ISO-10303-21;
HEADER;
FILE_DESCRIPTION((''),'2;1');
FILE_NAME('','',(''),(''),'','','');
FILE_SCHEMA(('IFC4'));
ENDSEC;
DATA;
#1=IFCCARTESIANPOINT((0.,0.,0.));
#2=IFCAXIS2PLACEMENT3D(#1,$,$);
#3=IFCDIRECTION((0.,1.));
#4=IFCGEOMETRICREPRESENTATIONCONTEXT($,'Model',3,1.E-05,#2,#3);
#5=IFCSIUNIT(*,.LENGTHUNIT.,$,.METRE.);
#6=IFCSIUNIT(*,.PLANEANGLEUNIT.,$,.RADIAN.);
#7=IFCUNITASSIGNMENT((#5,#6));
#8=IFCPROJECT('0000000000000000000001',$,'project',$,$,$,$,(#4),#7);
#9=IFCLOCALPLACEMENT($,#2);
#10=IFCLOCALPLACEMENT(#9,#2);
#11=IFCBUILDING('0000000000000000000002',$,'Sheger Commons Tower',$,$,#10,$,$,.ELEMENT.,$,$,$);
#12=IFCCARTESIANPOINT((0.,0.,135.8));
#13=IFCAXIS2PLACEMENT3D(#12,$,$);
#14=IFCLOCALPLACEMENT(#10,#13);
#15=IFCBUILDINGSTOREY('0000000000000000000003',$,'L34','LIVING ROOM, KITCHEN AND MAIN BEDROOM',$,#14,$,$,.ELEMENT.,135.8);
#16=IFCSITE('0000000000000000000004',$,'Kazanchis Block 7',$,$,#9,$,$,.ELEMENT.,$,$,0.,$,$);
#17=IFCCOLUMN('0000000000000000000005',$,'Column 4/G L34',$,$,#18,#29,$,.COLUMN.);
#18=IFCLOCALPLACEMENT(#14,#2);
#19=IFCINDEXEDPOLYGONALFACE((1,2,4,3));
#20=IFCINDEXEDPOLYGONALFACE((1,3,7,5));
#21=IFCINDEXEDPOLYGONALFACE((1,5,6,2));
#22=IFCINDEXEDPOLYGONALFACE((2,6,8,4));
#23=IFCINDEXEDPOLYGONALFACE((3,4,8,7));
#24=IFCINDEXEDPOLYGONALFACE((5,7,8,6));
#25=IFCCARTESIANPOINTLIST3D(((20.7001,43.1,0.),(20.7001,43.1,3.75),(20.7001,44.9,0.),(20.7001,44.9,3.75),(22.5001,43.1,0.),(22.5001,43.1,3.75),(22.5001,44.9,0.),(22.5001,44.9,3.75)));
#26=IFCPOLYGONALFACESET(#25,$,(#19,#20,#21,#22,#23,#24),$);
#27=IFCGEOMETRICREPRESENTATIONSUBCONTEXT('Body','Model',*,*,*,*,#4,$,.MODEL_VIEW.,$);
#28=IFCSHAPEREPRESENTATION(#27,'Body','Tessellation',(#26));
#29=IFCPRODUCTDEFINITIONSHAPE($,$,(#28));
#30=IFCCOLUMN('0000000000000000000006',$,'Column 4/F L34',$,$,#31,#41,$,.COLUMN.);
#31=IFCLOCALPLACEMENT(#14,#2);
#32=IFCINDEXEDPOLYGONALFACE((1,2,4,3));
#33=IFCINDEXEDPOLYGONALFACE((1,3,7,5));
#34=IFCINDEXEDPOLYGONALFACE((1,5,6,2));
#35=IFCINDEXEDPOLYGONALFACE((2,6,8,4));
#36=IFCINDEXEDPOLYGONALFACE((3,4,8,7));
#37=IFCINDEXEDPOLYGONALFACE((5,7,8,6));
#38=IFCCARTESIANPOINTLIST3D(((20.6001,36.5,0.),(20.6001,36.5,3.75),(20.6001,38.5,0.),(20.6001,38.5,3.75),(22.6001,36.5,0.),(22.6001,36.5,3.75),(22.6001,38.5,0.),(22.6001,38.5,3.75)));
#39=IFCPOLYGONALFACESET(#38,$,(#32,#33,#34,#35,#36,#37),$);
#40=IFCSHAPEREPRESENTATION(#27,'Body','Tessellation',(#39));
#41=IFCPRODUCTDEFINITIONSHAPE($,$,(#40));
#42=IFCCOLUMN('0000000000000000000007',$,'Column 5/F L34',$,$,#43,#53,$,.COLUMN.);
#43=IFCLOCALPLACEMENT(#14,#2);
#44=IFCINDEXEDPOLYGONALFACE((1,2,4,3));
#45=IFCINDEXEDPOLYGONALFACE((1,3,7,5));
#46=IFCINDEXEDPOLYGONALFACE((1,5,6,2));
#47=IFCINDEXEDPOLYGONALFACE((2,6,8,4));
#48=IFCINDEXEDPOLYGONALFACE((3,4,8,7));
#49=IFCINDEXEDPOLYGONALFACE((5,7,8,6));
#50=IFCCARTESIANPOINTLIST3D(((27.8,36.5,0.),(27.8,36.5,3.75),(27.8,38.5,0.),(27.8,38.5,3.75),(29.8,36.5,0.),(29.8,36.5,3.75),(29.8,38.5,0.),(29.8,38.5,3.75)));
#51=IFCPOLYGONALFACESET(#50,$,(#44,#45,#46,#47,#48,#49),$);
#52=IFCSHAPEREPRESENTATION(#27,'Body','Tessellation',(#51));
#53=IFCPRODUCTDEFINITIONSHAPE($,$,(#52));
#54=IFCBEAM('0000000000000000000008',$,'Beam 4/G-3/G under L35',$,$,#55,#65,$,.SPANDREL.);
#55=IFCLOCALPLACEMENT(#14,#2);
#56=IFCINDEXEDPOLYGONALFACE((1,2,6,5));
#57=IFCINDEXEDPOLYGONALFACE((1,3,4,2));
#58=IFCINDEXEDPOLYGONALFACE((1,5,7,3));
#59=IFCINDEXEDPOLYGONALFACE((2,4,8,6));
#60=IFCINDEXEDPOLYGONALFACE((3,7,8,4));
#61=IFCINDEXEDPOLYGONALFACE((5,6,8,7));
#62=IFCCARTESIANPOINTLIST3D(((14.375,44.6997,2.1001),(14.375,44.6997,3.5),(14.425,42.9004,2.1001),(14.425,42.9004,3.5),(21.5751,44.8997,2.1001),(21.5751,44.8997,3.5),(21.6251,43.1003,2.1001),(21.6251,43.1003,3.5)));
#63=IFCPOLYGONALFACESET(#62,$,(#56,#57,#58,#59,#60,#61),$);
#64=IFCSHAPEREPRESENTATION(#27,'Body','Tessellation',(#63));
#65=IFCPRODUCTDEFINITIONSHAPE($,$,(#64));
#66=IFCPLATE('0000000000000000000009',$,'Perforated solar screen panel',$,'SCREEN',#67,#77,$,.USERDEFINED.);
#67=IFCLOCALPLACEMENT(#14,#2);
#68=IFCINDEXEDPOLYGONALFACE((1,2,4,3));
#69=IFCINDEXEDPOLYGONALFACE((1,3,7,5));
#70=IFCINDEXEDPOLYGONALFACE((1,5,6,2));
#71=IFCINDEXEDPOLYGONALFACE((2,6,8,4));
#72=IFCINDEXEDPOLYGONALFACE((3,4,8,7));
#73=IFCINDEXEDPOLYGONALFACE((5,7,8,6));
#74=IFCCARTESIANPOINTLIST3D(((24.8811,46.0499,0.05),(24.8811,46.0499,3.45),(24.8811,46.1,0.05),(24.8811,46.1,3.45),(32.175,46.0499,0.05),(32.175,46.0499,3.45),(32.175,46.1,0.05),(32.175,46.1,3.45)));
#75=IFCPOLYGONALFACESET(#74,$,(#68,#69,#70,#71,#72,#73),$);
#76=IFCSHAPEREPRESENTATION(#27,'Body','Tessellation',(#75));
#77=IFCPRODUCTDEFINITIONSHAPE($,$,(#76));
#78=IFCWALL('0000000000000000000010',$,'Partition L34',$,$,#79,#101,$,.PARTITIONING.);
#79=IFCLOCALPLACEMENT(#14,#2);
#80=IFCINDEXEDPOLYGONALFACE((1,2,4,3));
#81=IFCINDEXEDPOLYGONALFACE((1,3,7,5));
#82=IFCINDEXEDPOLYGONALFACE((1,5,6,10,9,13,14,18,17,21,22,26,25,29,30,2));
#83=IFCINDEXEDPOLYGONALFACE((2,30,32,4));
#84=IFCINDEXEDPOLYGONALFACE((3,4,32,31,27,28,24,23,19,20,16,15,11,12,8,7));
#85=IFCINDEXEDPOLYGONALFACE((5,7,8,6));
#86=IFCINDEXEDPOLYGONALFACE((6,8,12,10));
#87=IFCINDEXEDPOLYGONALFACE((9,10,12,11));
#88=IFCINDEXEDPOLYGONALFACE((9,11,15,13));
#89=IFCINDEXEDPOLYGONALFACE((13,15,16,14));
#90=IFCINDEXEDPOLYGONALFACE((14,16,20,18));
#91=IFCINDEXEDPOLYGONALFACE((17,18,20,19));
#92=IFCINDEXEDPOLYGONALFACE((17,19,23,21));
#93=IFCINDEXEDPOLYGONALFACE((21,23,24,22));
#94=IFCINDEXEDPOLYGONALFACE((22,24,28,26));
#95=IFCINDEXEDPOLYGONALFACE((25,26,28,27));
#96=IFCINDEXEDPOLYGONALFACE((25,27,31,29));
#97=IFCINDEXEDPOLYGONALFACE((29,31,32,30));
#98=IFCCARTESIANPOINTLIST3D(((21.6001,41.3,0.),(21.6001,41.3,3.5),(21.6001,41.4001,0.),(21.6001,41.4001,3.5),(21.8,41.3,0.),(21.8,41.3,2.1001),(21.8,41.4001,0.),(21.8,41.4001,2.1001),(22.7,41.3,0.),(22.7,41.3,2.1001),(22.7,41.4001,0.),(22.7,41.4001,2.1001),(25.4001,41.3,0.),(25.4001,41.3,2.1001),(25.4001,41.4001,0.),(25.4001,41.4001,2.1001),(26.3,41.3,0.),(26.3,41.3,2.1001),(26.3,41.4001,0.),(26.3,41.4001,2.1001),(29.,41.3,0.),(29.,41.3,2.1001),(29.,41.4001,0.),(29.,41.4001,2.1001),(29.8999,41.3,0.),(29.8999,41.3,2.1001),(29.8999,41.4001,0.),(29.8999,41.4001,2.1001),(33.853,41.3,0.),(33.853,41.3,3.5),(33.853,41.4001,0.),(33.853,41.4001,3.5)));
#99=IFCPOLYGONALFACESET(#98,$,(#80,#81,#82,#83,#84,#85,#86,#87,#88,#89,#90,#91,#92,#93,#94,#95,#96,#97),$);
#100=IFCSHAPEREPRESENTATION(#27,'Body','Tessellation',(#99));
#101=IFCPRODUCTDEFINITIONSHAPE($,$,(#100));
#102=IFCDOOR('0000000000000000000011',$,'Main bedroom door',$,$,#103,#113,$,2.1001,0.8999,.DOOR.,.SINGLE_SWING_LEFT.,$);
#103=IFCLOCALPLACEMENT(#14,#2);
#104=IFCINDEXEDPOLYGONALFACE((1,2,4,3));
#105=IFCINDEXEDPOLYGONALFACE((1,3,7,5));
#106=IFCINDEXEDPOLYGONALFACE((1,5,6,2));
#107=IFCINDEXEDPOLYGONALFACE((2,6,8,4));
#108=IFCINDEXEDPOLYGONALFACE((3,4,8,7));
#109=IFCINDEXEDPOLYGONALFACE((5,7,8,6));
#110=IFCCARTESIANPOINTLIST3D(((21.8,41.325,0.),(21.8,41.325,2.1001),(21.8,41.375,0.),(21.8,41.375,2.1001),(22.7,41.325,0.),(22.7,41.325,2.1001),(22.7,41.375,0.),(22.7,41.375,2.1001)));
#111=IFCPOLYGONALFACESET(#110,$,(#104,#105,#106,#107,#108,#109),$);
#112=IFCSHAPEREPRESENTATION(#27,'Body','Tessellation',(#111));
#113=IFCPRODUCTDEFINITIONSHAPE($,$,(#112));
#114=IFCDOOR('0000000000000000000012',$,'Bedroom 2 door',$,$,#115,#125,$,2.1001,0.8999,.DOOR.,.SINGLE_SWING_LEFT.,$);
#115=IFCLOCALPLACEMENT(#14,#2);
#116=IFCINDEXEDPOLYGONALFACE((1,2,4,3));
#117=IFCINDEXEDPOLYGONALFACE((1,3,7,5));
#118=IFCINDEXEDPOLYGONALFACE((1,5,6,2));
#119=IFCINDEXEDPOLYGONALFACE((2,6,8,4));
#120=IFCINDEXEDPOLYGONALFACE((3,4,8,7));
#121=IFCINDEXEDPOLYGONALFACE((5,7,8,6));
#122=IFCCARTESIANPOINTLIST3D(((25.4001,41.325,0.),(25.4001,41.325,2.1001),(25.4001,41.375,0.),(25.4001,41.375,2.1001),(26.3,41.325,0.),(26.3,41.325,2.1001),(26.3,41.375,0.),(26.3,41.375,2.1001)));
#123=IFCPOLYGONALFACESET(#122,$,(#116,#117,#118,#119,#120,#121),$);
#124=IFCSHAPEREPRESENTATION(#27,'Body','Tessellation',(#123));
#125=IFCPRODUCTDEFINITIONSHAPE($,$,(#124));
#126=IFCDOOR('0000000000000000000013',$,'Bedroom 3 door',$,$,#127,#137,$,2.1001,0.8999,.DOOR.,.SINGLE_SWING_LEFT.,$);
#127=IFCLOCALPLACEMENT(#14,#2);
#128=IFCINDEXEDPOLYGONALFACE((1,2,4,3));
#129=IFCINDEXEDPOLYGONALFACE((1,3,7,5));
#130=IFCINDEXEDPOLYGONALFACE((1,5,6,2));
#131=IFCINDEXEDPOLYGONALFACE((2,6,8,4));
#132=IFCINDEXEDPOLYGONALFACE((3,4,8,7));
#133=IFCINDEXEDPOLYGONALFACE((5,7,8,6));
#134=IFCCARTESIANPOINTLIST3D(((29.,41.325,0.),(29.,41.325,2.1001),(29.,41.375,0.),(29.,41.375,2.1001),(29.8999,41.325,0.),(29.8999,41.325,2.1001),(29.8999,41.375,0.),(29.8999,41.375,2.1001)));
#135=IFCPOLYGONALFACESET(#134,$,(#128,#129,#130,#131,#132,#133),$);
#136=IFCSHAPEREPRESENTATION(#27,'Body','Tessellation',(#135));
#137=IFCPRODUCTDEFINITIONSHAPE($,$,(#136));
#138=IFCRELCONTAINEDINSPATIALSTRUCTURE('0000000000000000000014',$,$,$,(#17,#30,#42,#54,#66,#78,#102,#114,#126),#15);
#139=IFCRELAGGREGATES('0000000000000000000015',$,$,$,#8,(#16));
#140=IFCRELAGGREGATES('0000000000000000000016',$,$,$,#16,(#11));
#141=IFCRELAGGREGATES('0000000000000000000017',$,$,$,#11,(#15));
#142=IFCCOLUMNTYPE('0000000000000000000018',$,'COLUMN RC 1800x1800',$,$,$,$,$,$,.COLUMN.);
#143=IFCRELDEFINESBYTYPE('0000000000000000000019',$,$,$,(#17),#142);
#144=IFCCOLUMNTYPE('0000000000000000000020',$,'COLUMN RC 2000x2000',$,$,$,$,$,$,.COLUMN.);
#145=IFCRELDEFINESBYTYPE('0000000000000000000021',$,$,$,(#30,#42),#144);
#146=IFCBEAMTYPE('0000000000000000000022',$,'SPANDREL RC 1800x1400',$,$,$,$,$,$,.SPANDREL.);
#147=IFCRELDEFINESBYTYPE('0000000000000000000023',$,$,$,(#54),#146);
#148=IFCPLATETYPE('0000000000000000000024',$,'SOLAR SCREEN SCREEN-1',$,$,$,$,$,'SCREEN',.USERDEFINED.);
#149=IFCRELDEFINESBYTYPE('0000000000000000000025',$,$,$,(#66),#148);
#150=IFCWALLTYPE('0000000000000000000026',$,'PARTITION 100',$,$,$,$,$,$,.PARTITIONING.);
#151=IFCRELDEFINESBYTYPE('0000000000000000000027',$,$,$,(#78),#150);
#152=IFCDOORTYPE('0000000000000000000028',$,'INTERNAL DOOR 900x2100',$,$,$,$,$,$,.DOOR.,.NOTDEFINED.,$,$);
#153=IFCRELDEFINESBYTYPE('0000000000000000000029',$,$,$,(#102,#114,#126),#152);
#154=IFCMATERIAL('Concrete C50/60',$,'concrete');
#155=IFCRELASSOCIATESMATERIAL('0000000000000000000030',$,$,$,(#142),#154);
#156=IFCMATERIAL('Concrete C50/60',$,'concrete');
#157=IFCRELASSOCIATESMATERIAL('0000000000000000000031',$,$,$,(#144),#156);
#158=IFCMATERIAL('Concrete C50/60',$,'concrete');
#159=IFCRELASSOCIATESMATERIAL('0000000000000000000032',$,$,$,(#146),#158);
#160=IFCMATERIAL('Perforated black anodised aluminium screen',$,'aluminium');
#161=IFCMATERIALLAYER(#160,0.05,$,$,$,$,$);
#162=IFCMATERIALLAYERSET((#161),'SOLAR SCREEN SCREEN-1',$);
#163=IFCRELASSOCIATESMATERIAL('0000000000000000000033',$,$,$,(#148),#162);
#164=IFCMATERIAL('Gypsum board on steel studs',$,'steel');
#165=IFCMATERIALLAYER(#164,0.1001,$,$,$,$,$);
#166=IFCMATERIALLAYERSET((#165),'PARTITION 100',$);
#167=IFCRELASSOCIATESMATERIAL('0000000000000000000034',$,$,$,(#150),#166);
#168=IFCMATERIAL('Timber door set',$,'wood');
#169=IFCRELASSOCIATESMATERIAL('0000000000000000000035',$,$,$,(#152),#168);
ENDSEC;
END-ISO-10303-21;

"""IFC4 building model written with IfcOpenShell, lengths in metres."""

from ifc_helpers import new_model, si_unit, direction, frame, frame_2d, origin, origin_2d, place, context, subcontext, project, spatial, rectangle, extrude, material, layer, layer_set, material_profile, profile_set, type_object, element, fill, save


model = new_model("IFC4")

# Units and contexts
model_context = context("Model", 3, precision=1e-05, world=origin(), true_north=direction((0.0, 1.0)))
body_context = subcontext(model_context, "Body", "Model", "MODEL_VIEW")
ifc_project = project(units=[si_unit("LENGTHUNIT", "METRE"), si_unit("PLANEANGLEUNIT", "RADIAN")], contexts=[model_context])

# Site, building, storey
site_placement = place(None, origin())
site = spatial("IfcSite", under=ifc_project, at=site_placement, Name="Kazanchis Block 7", CompositionType="ELEMENT", RefElevation=0.0)
building_placement = place(site_placement, origin())
building = spatial("IfcBuilding", under=site, at=building_placement, Name="Sheger Commons Tower", CompositionType="ELEMENT")
storey_placement = place(building_placement, frame((0.0, 0.0, 135.8)))
storey = spatial("IfcBuildingStorey", under=building, at=storey_placement, Name="L34", Description="LIVING ROOM, KITCHEN AND MAIN BEDROOM", CompositionType="ELEMENT", Elevation=135.8)

# Columns
ifc_material_1 = material(Name="Concrete C50/60", Category="concrete")
ifc_material_profile_1 = material_profile(ifc_material_1, rectangle(XDim=1.8, YDim=1.8, at=origin_2d()), Name="RC 1800x1800")
ifc_profile_set_1 = profile_set([ifc_material_profile_1], Name="Concrete C50/60")
column_type_1 = type_object("IfcColumnType", Name="COLUMN RC 1800x1800", PredefinedType="COLUMN", material=ifc_profile_set_1)
column_placement = place(storey_placement, frame((21.6001, 44.0, 0.0), z_axis=(0.0, 0.0, 1.0), x_axis=(1.0, 0.0, 0.0)))
element("IfcColumn", 1, at=column_placement, inside=storey, type_object=column_type_1, Name="Column 4/G L34", PredefinedType="COLUMN", context=body_context, shape_type="SweptSolid", body=[
    extrude(rectangle(XDim=1.8, YDim=1.8, at=origin_2d()), origin(), (0.0, 0.0, 1.0), 3.75),
])
ifc_material_2 = material(Name="Concrete C50/60", Category="concrete")
ifc_material_profile_2 = material_profile(ifc_material_2, rectangle(XDim=2.0, YDim=2.0, at=origin_2d()), Name="RC 2000x2000")
ifc_profile_set_2 = profile_set([ifc_material_profile_2], Name="Concrete C50/60")
column_type_2 = type_object("IfcColumnType", Name="COLUMN RC 2000x2000", PredefinedType="COLUMN", material=ifc_profile_set_2)
for number, where, z_axis, x_axis, name in (
    (2, (21.6001, 37.5, 0.0), (0.0, 0.0, 1.0), (1.0, 0.0, 0.0), "Column 4/F L34"),
    (3, (28.8, 37.5, 0.0), (0.0, 0.0, 1.0), (1.0, 0.0, 0.0), "Column 5/F L34"),
):
    element("IfcColumn", number, at=place(storey_placement, frame(where, z_axis=z_axis, x_axis=x_axis)), inside=storey, type_object=column_type_2, Name=name, PredefinedType="COLUMN", context=body_context, shape_type="SweptSolid", body=[
        extrude(rectangle(XDim=2.0, YDim=2.0, at=origin_2d()), origin(), (0.0, 0.0, 1.0), 3.75),
    ])

# Beam
ifc_material_3 = material(Name="Concrete C50/60", Category="concrete")
ifc_material_profile_3 = material_profile(ifc_material_3, rectangle(XDim=1.8, YDim=1.3999, at=origin_2d()), Name="RC 1800x1400")
ifc_profile_set_3 = profile_set([ifc_material_profile_3], Name="Concrete C50/60")
beam_type = type_object("IfcBeamType", Name="SPANDREL RC 1800x1400", PredefinedType="SPANDREL", material=ifc_profile_set_3)
beam_placement = place(storey_placement, frame((21.6001, 44.0, 2.8), z_axis=(-0.999615, -0.02776, 0.0), x_axis=(0.02776, -0.999615, 0.0)))
element("IfcBeam", 4, at=beam_placement, inside=storey, type_object=beam_type, Name="Beam 4/G-3/G under L35", PredefinedType="SPANDREL", context=body_context, shape_type="SweptSolid", body=[
    extrude(rectangle(XDim=1.8, YDim=1.3999, at=origin_2d()), origin(), (0.0, 0.0, 1.0), 7.2029),
])

# Plate
ifc_material_4 = material(Name="Perforated black anodised aluminium screen", Category="aluminium")
ifc_layer_1 = layer(ifc_material_4, 0.05)
ifc_layer_set_1 = layer_set([ifc_layer_1], Name="SOLAR SCREEN SCREEN-1")
plate_type = type_object("IfcPlateType", Name="SOLAR SCREEN SCREEN-1", ElementType="SCREEN", PredefinedType="USERDEFINED", material=ifc_layer_set_1)
plate_placement = place(storey_placement, frame((28.5281, 46.075, 0.05), z_axis=(0.0, 0.0, 1.0), x_axis=(-1.0, 0.0, 0.0)))
element("IfcPlate", 5, at=plate_placement, inside=storey, type_object=plate_type, Name="Perforated solar screen panel", ObjectType="SCREEN", PredefinedType="USERDEFINED", context=body_context, shape_type="SweptSolid", body=[
    extrude(rectangle(XDim=7.2939, YDim=0.05, at=origin_2d()), origin(), (0.0, 0.0, 1.0), 3.3999),
])

# Wall, openings, doors
ifc_material_5 = material(Name="Gypsum board on steel studs", Category="steel")
ifc_layer_2 = layer(ifc_material_5, 0.1001)
ifc_layer_set_2 = layer_set([ifc_layer_2], Name="PARTITION 100")
wall_type = type_object("IfcWallType", Name="PARTITION 100", PredefinedType="PARTITIONING", material=ifc_layer_set_2)
wall_1_placement = place(storey_placement, frame((21.6001, 41.3501, 0.0), z_axis=(0.0, 0.0, 1.0), x_axis=(1.0, 0.0, 0.0)))
wall_1 = element("IfcWall", 6, at=wall_1_placement, inside=storey, type_object=wall_type, Name="Partition L34", PredefinedType="PARTITIONING", context=body_context, shape_type="SweptSolid", body=[
    extrude(rectangle(XDim=12.2529, YDim=0.1001, at=frame_2d((6.1265, 0.0))), origin(), (0.0, 0.0, 1.0), 3.5),
])
opening_1_placement = place(wall_1_placement, frame((0.2, 0.0, 0.0)))
opening_1 = element("IfcOpeningElement", 7, at=opening_1_placement, cuts=wall_1, PredefinedType="OPENING", context=body_context, shape_type="SweptSolid", body=[
    extrude(rectangle(XDim=0.8999, YDim=2.1001, at=frame_2d((0.45, 1.05))), frame((0.0, 0.0601, 0.0), z_axis=(0.0, -1.0, 0.0), x_axis=(1.0, 0.0, 0.0)), (0.0, 0.0, 1.0), 0.1201),
])
opening_2_placement = place(wall_1_placement, frame((3.8, 0.0, 0.0)))
opening_2 = element("IfcOpeningElement", 8, at=opening_2_placement, cuts=wall_1, PredefinedType="OPENING", context=body_context, shape_type="SweptSolid", body=[
    extrude(rectangle(XDim=0.8999, YDim=2.1001, at=frame_2d((0.45, 1.05))), frame((0.0, 0.0601, 0.0), z_axis=(0.0, -1.0, 0.0), x_axis=(1.0, 0.0, 0.0)), (0.0, 0.0, 1.0), 0.1201),
])
opening_3_placement = place(wall_1_placement, frame((7.3999, 0.0, 0.0)))
opening_3 = element("IfcOpeningElement", 9, at=opening_3_placement, cuts=wall_1, PredefinedType="OPENING", context=body_context, shape_type="SweptSolid", body=[
    extrude(rectangle(XDim=0.8999, YDim=2.1001, at=frame_2d((0.45, 1.05))), frame((0.0, 0.0601, 0.0), z_axis=(0.0, -1.0, 0.0), x_axis=(1.0, 0.0, 0.0)), (0.0, 0.0, 1.0), 0.1201),
])
ifc_material_6 = material(Name="Timber door set", Category="wood")
door_type = type_object("IfcDoorType", Name="INTERNAL DOOR 900x2100", OperationType="NOTDEFINED", PredefinedType="DOOR", material=ifc_material_6)
door_1_placement = place(opening_1_placement, origin())
door_1 = element("IfcDoor", 10, at=door_1_placement, inside=storey, type_object=door_type, Name="Main bedroom door", OperationType="SINGLE_SWING_LEFT", OverallHeight=2.1001, OverallWidth=0.8999, PredefinedType="DOOR", context=body_context, shape_type="SweptSolid", body=[
    extrude(rectangle(XDim=0.8999, YDim=2.1001, at=frame_2d((0.45, 1.05))), frame((0.0, 0.0249, 0.0), z_axis=(0.0, -1.0, 0.0), x_axis=(1.0, 0.0, 0.0)), (0.0, 0.0, 1.0), 0.05),
])
fill(opening_1, door_1)
door_2_placement = place(opening_2_placement, origin())
door_2 = element("IfcDoor", 11, at=door_2_placement, inside=storey, type_object=door_type, Name="Bedroom 2 door", OperationType="SINGLE_SWING_LEFT", OverallHeight=2.1001, OverallWidth=0.8999, PredefinedType="DOOR", context=body_context, shape_type="SweptSolid", body=[
    extrude(rectangle(XDim=0.8999, YDim=2.1001, at=frame_2d((0.45, 1.05))), frame((0.0, 0.0249, 0.0), z_axis=(0.0, -1.0, 0.0), x_axis=(1.0, 0.0, 0.0)), (0.0, 0.0, 1.0), 0.05),
])
fill(opening_2, door_2)
door_3_placement = place(opening_3_placement, origin())
door_3 = element("IfcDoor", 12, at=door_3_placement, inside=storey, type_object=door_type, Name="Bedroom 3 door", OperationType="SINGLE_SWING_LEFT", OverallHeight=2.1001, OverallWidth=0.8999, PredefinedType="DOOR", context=body_context, shape_type="SweptSolid", body=[
    extrude(rectangle(XDim=0.8999, YDim=2.1001, at=frame_2d((0.45, 1.05))), frame((0.0, 0.0249, 0.0), z_axis=(0.0, -1.0, 0.0), x_axis=(1.0, 0.0, 0.0)), (0.0, 0.0, 1.0), 0.05),
])
fill(opening_3, door_3)

save(model, "model.ifc")
